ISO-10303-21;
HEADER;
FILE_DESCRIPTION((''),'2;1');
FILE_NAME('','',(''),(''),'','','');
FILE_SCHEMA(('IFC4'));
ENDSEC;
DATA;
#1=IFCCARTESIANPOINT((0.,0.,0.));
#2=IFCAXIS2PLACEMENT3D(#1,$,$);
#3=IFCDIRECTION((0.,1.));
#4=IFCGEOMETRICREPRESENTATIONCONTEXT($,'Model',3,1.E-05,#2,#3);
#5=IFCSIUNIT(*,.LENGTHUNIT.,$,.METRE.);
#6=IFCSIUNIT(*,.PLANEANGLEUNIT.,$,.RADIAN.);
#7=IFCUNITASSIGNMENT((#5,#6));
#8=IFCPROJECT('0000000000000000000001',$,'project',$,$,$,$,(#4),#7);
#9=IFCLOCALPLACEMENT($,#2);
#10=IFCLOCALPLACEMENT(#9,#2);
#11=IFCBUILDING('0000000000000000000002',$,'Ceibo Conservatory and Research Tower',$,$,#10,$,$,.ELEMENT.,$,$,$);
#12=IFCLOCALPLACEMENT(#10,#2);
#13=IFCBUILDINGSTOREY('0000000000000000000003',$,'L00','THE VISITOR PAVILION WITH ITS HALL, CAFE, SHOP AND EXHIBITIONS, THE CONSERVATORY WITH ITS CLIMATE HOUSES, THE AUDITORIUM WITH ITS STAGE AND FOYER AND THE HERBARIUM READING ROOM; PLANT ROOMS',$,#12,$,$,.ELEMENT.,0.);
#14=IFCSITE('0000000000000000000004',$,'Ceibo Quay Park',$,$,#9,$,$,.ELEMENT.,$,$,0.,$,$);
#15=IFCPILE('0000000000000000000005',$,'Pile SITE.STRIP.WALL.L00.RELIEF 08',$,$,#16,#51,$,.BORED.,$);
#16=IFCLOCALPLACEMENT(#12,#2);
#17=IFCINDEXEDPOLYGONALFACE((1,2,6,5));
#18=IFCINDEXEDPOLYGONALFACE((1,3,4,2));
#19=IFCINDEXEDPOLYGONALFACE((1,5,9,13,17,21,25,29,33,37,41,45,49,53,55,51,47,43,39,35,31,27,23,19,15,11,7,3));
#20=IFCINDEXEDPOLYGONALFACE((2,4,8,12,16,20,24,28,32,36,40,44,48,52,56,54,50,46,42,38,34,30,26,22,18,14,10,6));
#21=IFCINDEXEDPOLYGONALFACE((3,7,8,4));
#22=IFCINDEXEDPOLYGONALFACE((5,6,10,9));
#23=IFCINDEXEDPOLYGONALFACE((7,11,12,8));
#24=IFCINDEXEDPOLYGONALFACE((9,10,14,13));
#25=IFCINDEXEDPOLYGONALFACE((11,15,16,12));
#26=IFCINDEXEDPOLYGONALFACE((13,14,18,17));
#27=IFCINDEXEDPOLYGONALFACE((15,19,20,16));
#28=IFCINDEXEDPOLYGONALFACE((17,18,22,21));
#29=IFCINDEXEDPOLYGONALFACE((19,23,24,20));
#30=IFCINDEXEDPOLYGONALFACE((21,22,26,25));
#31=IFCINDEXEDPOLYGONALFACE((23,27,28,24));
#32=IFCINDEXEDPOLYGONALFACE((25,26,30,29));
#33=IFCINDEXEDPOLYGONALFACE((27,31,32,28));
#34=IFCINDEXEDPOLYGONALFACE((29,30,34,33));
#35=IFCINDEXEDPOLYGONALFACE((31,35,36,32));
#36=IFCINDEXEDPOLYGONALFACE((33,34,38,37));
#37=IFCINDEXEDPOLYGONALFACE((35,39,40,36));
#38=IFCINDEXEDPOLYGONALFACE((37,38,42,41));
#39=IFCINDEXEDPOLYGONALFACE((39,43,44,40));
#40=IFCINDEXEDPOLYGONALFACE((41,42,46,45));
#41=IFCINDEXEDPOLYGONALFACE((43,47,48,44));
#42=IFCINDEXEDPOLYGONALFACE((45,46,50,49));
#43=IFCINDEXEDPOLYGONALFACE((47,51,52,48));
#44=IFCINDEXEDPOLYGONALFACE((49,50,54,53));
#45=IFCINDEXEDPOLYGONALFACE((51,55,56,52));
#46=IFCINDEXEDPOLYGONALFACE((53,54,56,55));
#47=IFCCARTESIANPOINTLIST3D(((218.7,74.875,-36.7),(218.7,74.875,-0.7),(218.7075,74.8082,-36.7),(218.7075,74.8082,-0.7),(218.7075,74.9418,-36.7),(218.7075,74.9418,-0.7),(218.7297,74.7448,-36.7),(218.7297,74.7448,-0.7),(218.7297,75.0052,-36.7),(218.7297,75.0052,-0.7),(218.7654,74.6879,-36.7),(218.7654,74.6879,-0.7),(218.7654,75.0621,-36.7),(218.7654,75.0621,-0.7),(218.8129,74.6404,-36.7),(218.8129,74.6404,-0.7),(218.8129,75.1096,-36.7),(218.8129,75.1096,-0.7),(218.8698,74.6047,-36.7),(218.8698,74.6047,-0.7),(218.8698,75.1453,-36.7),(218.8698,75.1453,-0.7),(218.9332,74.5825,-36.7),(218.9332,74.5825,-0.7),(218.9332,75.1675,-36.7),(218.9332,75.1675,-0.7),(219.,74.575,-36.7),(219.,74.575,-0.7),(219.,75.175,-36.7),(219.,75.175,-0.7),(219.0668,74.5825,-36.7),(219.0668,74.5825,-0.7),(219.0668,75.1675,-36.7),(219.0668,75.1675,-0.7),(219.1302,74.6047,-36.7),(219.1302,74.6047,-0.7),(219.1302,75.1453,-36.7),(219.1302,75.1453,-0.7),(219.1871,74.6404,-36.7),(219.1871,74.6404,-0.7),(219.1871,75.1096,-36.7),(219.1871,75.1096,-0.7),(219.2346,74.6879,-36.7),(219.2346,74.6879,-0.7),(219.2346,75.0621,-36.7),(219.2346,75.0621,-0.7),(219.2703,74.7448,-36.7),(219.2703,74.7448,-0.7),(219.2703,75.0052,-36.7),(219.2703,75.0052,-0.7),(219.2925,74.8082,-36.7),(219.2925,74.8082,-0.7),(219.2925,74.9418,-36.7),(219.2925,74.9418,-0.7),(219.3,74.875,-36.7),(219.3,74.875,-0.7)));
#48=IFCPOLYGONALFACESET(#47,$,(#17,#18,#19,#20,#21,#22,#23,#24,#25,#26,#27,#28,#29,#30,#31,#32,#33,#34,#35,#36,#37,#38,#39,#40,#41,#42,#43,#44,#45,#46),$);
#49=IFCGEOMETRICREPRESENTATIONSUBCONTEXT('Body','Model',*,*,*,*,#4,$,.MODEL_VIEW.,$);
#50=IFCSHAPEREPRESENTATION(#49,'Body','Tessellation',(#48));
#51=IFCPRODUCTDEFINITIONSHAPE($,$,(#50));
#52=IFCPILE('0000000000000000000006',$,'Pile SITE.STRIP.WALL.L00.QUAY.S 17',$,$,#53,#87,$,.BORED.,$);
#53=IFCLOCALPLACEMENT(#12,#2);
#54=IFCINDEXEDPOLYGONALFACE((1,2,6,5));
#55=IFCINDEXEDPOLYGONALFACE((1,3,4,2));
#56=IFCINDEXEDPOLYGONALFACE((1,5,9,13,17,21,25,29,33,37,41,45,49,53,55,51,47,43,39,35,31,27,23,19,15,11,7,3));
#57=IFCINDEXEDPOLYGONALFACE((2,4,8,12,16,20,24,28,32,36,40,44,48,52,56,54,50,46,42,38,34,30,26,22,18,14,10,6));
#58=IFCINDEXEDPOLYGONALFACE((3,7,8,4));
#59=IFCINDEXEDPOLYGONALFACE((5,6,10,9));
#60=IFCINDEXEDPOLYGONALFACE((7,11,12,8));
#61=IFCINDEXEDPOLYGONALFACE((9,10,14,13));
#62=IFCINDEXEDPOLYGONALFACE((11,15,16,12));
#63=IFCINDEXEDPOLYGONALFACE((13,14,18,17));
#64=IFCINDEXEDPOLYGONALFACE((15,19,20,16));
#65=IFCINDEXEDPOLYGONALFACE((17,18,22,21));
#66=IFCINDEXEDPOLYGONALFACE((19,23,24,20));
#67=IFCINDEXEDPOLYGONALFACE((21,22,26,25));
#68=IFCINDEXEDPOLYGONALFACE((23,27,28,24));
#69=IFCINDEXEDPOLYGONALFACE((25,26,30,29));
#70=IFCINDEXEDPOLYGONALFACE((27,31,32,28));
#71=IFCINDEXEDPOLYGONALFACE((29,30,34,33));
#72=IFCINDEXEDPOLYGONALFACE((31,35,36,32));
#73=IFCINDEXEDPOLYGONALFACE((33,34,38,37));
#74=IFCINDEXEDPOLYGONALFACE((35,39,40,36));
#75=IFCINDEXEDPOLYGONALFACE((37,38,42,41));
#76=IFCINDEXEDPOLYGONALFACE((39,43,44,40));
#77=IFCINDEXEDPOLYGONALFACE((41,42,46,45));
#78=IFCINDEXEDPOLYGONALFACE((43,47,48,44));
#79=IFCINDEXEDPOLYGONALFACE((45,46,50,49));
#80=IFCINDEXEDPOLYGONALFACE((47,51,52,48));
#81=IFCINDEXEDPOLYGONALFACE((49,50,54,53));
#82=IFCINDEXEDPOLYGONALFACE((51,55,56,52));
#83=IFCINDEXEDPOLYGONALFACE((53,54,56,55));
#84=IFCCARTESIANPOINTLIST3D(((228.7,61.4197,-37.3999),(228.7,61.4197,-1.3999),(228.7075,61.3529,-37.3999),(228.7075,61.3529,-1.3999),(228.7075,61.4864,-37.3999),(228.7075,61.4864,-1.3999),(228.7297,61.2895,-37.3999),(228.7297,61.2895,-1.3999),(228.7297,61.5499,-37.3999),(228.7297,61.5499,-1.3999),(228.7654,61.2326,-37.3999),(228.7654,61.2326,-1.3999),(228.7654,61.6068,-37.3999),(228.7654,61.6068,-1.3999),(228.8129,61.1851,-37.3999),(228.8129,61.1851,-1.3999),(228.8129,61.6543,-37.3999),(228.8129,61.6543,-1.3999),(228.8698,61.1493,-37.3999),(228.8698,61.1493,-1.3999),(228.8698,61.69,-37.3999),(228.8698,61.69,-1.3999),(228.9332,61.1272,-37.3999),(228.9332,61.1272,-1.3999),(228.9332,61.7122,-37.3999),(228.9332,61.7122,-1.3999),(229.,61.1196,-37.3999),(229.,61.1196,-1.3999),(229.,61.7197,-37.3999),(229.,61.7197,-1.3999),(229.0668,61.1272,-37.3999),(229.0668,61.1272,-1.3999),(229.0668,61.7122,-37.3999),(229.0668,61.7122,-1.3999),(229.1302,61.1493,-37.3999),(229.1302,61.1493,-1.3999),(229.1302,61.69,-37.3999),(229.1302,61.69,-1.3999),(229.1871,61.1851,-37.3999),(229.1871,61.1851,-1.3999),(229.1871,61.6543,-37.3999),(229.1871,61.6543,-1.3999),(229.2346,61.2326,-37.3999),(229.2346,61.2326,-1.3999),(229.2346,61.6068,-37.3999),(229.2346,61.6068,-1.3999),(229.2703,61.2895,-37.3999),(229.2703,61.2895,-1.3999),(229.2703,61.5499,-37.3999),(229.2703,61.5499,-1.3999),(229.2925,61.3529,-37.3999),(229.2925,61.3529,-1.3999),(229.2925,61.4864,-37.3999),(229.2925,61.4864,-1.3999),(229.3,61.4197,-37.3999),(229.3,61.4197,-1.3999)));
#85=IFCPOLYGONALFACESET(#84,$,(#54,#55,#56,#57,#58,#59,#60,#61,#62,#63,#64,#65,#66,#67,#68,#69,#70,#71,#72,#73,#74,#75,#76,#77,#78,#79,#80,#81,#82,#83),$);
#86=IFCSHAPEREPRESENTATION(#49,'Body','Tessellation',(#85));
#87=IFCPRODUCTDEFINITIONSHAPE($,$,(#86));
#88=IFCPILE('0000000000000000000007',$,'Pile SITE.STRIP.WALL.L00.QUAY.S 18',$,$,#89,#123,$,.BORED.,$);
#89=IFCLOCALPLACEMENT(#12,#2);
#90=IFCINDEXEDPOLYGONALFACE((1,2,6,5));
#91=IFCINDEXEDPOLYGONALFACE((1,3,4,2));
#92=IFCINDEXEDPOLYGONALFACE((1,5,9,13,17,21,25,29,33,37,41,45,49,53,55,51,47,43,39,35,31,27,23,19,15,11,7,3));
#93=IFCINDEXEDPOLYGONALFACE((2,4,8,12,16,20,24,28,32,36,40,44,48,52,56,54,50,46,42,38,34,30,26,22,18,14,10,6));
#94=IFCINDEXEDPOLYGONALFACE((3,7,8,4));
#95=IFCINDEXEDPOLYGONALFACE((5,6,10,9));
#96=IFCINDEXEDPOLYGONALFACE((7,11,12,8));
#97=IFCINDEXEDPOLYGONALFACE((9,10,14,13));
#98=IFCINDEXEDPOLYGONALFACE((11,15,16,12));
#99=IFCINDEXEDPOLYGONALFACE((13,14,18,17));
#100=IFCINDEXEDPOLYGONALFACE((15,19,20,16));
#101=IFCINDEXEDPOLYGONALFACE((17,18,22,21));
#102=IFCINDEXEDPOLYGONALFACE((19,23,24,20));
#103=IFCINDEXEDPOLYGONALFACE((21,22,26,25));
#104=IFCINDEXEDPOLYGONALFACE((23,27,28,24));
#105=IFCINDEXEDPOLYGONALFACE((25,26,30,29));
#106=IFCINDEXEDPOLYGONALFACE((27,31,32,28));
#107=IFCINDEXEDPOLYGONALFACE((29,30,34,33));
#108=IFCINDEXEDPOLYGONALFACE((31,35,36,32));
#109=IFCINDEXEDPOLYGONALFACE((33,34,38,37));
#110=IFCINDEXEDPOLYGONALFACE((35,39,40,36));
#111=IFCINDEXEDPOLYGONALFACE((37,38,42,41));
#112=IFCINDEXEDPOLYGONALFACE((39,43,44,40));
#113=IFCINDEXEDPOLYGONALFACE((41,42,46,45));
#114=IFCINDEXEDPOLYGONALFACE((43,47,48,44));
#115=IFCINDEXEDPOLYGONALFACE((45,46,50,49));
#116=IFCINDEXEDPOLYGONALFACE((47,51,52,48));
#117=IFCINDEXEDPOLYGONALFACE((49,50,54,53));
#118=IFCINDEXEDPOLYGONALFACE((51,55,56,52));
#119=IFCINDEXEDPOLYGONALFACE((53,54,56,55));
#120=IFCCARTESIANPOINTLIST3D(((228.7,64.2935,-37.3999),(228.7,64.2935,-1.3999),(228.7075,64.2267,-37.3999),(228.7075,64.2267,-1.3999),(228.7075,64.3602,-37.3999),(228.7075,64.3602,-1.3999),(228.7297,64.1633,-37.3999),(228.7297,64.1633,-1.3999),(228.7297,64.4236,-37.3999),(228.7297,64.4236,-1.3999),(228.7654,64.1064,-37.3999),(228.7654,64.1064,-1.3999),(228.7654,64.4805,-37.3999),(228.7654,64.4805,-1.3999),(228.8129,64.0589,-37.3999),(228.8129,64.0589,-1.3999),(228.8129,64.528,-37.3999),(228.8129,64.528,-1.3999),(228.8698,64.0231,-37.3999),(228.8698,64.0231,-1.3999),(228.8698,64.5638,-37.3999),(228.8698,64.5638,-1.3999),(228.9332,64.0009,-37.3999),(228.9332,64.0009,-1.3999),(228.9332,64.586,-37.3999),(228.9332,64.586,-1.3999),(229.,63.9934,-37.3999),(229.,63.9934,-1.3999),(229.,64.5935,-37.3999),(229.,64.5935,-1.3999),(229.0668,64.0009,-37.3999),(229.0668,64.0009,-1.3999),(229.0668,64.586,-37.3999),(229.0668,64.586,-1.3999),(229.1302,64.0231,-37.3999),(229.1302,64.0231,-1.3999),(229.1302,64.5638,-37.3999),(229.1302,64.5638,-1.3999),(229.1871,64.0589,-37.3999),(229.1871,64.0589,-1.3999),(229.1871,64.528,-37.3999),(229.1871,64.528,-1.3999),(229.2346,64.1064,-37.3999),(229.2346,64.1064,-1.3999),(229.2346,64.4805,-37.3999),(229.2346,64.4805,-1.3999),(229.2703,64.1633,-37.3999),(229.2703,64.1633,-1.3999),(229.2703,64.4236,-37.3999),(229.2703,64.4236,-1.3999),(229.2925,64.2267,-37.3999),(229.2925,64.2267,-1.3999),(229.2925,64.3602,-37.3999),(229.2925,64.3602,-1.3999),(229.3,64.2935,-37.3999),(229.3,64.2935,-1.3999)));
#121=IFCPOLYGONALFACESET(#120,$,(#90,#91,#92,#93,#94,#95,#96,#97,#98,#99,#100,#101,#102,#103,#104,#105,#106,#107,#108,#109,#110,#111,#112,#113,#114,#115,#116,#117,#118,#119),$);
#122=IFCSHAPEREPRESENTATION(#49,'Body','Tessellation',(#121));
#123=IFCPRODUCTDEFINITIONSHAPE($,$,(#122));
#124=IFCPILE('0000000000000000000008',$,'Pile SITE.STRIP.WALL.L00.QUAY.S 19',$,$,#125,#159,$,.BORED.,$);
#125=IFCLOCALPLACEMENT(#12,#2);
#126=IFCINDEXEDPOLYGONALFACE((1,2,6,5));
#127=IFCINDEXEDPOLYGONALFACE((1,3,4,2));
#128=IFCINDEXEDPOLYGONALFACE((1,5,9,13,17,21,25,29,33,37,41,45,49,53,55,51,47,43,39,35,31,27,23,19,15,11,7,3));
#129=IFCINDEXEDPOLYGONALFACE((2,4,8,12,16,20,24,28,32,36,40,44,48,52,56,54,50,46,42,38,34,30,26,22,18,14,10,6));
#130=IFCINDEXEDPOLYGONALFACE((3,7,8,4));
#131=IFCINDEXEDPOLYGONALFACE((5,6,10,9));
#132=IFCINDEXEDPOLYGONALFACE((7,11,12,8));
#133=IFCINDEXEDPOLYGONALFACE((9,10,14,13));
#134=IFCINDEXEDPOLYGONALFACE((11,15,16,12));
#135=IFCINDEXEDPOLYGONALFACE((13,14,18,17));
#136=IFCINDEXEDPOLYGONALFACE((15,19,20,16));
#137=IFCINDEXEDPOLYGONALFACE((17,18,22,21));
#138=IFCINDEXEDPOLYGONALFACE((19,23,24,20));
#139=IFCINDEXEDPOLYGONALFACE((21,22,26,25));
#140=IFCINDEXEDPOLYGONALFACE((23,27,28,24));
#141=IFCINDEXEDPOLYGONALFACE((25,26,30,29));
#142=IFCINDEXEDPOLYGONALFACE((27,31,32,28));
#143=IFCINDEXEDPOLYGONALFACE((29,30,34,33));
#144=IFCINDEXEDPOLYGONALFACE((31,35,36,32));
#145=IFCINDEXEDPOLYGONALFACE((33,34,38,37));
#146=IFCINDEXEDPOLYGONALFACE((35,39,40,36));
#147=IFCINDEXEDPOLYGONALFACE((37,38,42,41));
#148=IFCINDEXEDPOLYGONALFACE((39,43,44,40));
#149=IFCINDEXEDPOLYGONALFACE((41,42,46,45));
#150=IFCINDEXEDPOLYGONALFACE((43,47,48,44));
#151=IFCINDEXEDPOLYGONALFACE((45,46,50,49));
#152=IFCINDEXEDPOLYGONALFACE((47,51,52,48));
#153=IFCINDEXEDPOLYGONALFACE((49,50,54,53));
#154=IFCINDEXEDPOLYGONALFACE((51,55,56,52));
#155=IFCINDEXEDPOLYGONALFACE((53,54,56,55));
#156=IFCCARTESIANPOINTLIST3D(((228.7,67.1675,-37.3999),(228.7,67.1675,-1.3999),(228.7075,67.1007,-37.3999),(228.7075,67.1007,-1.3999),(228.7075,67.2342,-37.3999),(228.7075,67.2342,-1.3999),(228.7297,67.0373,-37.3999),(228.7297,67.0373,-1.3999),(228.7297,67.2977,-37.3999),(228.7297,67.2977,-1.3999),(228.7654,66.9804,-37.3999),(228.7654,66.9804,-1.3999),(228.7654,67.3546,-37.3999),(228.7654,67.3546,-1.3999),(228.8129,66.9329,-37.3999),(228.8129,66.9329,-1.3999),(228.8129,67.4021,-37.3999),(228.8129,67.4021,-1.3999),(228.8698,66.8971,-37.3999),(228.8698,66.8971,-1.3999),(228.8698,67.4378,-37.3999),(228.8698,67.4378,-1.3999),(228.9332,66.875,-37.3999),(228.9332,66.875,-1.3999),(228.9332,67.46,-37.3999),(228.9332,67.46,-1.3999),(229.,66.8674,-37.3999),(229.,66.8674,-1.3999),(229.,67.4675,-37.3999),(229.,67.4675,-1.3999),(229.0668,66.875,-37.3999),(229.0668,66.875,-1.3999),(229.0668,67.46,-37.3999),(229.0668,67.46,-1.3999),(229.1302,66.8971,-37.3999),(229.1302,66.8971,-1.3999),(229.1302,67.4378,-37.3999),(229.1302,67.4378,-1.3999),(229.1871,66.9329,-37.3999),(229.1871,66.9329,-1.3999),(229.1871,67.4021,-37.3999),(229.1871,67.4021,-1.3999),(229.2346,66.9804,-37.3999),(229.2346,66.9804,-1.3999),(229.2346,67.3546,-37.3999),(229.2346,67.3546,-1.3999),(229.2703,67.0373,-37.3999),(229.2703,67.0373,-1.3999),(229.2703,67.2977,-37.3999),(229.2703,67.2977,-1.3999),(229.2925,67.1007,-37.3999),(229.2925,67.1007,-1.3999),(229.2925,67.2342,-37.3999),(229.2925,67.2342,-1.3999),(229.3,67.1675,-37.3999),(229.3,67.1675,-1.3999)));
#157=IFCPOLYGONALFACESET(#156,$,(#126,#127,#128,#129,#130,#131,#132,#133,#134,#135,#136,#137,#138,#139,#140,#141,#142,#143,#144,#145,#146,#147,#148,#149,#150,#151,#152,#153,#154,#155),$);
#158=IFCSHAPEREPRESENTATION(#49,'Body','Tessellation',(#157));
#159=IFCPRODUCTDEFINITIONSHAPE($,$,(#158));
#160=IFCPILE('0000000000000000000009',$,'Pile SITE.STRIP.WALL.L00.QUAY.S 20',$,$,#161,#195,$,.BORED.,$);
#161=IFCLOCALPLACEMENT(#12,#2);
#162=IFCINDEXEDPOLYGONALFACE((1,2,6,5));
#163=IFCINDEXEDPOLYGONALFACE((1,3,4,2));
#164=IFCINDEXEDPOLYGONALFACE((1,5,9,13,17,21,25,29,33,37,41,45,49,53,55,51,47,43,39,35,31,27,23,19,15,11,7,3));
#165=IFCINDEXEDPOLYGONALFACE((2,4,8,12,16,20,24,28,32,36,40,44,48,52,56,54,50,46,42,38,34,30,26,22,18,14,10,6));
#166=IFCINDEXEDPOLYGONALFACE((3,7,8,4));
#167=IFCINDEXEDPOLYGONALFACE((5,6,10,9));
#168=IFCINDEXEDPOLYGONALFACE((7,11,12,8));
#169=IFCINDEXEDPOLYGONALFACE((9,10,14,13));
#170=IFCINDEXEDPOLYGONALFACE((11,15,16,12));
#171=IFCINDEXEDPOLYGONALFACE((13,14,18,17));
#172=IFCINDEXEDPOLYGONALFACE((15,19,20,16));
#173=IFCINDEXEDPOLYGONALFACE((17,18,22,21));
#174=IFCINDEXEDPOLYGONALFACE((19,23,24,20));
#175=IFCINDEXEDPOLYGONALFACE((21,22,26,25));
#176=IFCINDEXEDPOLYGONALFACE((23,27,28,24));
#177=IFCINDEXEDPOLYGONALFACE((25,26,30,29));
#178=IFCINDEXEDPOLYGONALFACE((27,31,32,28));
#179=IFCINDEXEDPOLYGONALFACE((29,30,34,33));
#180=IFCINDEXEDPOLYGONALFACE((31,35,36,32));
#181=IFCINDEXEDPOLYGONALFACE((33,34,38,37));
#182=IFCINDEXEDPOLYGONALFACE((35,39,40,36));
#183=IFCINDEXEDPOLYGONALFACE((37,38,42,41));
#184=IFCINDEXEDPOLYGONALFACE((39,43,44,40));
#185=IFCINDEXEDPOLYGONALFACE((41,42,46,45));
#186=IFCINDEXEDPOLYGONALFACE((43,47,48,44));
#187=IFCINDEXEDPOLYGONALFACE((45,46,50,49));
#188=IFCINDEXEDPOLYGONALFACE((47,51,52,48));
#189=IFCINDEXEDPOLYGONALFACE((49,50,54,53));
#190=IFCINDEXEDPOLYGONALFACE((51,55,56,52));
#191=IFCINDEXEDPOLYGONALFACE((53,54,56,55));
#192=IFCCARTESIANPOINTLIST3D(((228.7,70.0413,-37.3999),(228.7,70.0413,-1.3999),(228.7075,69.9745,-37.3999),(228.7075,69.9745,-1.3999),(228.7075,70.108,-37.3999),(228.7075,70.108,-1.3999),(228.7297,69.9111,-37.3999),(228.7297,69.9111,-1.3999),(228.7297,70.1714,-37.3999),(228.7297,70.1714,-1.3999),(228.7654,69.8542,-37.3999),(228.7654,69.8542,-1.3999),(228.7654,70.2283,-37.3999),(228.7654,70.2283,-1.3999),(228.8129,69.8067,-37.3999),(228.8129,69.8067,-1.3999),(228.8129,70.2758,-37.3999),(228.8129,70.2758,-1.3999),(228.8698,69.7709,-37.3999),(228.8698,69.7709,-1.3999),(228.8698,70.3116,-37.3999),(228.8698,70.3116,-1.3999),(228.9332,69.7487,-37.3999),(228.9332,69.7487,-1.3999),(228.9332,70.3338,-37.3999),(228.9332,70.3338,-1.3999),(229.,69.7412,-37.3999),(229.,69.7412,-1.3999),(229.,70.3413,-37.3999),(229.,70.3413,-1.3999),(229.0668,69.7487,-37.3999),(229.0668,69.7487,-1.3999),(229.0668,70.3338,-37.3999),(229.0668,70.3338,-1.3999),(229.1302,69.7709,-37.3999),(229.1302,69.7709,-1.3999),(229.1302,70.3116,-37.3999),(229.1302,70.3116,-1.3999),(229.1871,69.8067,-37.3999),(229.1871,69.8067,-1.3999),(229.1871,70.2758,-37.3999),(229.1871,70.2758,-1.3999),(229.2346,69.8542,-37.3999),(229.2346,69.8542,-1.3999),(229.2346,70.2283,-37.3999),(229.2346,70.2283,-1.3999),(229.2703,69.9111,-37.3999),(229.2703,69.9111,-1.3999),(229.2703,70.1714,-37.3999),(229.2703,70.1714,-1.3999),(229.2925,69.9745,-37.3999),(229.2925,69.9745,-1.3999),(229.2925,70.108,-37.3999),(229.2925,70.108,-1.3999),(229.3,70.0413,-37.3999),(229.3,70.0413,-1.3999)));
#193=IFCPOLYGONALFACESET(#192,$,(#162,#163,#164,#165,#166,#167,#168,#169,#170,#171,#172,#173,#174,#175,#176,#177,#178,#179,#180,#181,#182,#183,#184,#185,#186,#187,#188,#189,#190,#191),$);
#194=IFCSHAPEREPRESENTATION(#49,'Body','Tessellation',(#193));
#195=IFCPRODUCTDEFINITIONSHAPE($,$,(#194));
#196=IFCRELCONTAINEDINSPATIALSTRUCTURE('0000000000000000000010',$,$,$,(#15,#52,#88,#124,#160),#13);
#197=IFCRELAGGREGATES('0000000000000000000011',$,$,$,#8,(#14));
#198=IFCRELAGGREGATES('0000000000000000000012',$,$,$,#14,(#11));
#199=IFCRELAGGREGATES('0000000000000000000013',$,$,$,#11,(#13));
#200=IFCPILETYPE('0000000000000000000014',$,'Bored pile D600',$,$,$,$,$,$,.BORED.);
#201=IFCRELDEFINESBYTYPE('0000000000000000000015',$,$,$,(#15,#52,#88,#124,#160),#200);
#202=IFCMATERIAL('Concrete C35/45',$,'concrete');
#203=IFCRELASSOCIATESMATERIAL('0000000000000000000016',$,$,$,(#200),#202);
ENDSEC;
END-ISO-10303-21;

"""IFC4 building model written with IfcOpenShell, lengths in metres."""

from ifc_helpers import new_model, si_unit, direction, frame, origin, origin_2d, place, context, subcontext, project, spatial, circle, extrude, material, material_profile, profile_set, type_object, element, save


model = new_model("IFC4")

# Units and contexts
model_context = context("Model", 3, precision=1e-05, world=origin(), true_north=direction((0.0, 1.0)))
body_context = subcontext(model_context, "Body", "Model", "MODEL_VIEW")
ifc_project = project(units=[si_unit("LENGTHUNIT", "METRE"), si_unit("PLANEANGLEUNIT", "RADIAN")], contexts=[model_context])

# Site, building, storey
site_placement = place(None, origin())
site = spatial("IfcSite", under=ifc_project, at=site_placement, Name="Ceibo Quay Park", CompositionType="ELEMENT", RefElevation=0.0)
building_placement = place(site_placement, origin())
building = spatial("IfcBuilding", under=site, at=building_placement, Name="Ceibo Conservatory and Research Tower", CompositionType="ELEMENT")
storey_placement = place(building_placement, origin())
storey = spatial("IfcBuildingStorey", under=building, at=storey_placement, Name="L00", Description="THE VISITOR PAVILION WITH ITS HALL, CAFE, SHOP AND EXHIBITIONS, THE CONSERVATORY WITH ITS CLIMATE HOUSES, THE AUDITORIUM WITH ITS STAGE AND FOYER AND THE HERBARIUM READING ROOM; PLANT ROOMS", CompositionType="ELEMENT", Elevation=0.0)

# Piles
ifc_material_1 = material(Name="Concrete C35/45", Category="concrete")
ifc_material_profile = material_profile(ifc_material_1, circle(Radius=0.3, at=origin_2d()), Name="RC D600")
ifc_profile_set = profile_set([ifc_material_profile], Name="Concrete C35/45")
pile_type = type_object("IfcPileType", Name="Bored pile D600", PredefinedType="BORED", material=ifc_profile_set)
for number, where, z_axis, x_axis, name in (
    (1, (219.0, 74.875, -0.7), (0.0, 0.0, -1.0), (1.0, 0.0, 0.0), "Pile SITE.STRIP.WALL.L00.RELIEF 08"),
    (2, (229.0, 61.4197, -1.3999), (0.0, 0.0, -1.0), (1.0, 0.0, 0.0), "Pile SITE.STRIP.WALL.L00.QUAY.S 17"),
    (3, (229.0, 64.2935, -1.3999), (0.0, 0.0, -1.0), (1.0, 0.0, 0.0), "Pile SITE.STRIP.WALL.L00.QUAY.S 18"),
    (4, (229.0, 67.1675, -1.3999), (0.0, 0.0, -1.0), (1.0, 0.0, 0.0), "Pile SITE.STRIP.WALL.L00.QUAY.S 19"),
    (5, (229.0, 70.0413, -1.3999), (0.0, 0.0, -1.0), (1.0, 0.0, 0.0), "Pile SITE.STRIP.WALL.L00.QUAY.S 20"),
):
    element("IfcPile", number, at=place(storey_placement, frame(where, z_axis=z_axis, x_axis=x_axis)), inside=storey, type_object=pile_type, Name=name, PredefinedType="BORED", context=body_context, shape_type="SweptSolid", body=[
        extrude(circle(Radius=0.3, at=origin_2d()), origin(), (0.0, 0.0, 1.0), 36.0),
    ])

save(model, "model.ifc")
